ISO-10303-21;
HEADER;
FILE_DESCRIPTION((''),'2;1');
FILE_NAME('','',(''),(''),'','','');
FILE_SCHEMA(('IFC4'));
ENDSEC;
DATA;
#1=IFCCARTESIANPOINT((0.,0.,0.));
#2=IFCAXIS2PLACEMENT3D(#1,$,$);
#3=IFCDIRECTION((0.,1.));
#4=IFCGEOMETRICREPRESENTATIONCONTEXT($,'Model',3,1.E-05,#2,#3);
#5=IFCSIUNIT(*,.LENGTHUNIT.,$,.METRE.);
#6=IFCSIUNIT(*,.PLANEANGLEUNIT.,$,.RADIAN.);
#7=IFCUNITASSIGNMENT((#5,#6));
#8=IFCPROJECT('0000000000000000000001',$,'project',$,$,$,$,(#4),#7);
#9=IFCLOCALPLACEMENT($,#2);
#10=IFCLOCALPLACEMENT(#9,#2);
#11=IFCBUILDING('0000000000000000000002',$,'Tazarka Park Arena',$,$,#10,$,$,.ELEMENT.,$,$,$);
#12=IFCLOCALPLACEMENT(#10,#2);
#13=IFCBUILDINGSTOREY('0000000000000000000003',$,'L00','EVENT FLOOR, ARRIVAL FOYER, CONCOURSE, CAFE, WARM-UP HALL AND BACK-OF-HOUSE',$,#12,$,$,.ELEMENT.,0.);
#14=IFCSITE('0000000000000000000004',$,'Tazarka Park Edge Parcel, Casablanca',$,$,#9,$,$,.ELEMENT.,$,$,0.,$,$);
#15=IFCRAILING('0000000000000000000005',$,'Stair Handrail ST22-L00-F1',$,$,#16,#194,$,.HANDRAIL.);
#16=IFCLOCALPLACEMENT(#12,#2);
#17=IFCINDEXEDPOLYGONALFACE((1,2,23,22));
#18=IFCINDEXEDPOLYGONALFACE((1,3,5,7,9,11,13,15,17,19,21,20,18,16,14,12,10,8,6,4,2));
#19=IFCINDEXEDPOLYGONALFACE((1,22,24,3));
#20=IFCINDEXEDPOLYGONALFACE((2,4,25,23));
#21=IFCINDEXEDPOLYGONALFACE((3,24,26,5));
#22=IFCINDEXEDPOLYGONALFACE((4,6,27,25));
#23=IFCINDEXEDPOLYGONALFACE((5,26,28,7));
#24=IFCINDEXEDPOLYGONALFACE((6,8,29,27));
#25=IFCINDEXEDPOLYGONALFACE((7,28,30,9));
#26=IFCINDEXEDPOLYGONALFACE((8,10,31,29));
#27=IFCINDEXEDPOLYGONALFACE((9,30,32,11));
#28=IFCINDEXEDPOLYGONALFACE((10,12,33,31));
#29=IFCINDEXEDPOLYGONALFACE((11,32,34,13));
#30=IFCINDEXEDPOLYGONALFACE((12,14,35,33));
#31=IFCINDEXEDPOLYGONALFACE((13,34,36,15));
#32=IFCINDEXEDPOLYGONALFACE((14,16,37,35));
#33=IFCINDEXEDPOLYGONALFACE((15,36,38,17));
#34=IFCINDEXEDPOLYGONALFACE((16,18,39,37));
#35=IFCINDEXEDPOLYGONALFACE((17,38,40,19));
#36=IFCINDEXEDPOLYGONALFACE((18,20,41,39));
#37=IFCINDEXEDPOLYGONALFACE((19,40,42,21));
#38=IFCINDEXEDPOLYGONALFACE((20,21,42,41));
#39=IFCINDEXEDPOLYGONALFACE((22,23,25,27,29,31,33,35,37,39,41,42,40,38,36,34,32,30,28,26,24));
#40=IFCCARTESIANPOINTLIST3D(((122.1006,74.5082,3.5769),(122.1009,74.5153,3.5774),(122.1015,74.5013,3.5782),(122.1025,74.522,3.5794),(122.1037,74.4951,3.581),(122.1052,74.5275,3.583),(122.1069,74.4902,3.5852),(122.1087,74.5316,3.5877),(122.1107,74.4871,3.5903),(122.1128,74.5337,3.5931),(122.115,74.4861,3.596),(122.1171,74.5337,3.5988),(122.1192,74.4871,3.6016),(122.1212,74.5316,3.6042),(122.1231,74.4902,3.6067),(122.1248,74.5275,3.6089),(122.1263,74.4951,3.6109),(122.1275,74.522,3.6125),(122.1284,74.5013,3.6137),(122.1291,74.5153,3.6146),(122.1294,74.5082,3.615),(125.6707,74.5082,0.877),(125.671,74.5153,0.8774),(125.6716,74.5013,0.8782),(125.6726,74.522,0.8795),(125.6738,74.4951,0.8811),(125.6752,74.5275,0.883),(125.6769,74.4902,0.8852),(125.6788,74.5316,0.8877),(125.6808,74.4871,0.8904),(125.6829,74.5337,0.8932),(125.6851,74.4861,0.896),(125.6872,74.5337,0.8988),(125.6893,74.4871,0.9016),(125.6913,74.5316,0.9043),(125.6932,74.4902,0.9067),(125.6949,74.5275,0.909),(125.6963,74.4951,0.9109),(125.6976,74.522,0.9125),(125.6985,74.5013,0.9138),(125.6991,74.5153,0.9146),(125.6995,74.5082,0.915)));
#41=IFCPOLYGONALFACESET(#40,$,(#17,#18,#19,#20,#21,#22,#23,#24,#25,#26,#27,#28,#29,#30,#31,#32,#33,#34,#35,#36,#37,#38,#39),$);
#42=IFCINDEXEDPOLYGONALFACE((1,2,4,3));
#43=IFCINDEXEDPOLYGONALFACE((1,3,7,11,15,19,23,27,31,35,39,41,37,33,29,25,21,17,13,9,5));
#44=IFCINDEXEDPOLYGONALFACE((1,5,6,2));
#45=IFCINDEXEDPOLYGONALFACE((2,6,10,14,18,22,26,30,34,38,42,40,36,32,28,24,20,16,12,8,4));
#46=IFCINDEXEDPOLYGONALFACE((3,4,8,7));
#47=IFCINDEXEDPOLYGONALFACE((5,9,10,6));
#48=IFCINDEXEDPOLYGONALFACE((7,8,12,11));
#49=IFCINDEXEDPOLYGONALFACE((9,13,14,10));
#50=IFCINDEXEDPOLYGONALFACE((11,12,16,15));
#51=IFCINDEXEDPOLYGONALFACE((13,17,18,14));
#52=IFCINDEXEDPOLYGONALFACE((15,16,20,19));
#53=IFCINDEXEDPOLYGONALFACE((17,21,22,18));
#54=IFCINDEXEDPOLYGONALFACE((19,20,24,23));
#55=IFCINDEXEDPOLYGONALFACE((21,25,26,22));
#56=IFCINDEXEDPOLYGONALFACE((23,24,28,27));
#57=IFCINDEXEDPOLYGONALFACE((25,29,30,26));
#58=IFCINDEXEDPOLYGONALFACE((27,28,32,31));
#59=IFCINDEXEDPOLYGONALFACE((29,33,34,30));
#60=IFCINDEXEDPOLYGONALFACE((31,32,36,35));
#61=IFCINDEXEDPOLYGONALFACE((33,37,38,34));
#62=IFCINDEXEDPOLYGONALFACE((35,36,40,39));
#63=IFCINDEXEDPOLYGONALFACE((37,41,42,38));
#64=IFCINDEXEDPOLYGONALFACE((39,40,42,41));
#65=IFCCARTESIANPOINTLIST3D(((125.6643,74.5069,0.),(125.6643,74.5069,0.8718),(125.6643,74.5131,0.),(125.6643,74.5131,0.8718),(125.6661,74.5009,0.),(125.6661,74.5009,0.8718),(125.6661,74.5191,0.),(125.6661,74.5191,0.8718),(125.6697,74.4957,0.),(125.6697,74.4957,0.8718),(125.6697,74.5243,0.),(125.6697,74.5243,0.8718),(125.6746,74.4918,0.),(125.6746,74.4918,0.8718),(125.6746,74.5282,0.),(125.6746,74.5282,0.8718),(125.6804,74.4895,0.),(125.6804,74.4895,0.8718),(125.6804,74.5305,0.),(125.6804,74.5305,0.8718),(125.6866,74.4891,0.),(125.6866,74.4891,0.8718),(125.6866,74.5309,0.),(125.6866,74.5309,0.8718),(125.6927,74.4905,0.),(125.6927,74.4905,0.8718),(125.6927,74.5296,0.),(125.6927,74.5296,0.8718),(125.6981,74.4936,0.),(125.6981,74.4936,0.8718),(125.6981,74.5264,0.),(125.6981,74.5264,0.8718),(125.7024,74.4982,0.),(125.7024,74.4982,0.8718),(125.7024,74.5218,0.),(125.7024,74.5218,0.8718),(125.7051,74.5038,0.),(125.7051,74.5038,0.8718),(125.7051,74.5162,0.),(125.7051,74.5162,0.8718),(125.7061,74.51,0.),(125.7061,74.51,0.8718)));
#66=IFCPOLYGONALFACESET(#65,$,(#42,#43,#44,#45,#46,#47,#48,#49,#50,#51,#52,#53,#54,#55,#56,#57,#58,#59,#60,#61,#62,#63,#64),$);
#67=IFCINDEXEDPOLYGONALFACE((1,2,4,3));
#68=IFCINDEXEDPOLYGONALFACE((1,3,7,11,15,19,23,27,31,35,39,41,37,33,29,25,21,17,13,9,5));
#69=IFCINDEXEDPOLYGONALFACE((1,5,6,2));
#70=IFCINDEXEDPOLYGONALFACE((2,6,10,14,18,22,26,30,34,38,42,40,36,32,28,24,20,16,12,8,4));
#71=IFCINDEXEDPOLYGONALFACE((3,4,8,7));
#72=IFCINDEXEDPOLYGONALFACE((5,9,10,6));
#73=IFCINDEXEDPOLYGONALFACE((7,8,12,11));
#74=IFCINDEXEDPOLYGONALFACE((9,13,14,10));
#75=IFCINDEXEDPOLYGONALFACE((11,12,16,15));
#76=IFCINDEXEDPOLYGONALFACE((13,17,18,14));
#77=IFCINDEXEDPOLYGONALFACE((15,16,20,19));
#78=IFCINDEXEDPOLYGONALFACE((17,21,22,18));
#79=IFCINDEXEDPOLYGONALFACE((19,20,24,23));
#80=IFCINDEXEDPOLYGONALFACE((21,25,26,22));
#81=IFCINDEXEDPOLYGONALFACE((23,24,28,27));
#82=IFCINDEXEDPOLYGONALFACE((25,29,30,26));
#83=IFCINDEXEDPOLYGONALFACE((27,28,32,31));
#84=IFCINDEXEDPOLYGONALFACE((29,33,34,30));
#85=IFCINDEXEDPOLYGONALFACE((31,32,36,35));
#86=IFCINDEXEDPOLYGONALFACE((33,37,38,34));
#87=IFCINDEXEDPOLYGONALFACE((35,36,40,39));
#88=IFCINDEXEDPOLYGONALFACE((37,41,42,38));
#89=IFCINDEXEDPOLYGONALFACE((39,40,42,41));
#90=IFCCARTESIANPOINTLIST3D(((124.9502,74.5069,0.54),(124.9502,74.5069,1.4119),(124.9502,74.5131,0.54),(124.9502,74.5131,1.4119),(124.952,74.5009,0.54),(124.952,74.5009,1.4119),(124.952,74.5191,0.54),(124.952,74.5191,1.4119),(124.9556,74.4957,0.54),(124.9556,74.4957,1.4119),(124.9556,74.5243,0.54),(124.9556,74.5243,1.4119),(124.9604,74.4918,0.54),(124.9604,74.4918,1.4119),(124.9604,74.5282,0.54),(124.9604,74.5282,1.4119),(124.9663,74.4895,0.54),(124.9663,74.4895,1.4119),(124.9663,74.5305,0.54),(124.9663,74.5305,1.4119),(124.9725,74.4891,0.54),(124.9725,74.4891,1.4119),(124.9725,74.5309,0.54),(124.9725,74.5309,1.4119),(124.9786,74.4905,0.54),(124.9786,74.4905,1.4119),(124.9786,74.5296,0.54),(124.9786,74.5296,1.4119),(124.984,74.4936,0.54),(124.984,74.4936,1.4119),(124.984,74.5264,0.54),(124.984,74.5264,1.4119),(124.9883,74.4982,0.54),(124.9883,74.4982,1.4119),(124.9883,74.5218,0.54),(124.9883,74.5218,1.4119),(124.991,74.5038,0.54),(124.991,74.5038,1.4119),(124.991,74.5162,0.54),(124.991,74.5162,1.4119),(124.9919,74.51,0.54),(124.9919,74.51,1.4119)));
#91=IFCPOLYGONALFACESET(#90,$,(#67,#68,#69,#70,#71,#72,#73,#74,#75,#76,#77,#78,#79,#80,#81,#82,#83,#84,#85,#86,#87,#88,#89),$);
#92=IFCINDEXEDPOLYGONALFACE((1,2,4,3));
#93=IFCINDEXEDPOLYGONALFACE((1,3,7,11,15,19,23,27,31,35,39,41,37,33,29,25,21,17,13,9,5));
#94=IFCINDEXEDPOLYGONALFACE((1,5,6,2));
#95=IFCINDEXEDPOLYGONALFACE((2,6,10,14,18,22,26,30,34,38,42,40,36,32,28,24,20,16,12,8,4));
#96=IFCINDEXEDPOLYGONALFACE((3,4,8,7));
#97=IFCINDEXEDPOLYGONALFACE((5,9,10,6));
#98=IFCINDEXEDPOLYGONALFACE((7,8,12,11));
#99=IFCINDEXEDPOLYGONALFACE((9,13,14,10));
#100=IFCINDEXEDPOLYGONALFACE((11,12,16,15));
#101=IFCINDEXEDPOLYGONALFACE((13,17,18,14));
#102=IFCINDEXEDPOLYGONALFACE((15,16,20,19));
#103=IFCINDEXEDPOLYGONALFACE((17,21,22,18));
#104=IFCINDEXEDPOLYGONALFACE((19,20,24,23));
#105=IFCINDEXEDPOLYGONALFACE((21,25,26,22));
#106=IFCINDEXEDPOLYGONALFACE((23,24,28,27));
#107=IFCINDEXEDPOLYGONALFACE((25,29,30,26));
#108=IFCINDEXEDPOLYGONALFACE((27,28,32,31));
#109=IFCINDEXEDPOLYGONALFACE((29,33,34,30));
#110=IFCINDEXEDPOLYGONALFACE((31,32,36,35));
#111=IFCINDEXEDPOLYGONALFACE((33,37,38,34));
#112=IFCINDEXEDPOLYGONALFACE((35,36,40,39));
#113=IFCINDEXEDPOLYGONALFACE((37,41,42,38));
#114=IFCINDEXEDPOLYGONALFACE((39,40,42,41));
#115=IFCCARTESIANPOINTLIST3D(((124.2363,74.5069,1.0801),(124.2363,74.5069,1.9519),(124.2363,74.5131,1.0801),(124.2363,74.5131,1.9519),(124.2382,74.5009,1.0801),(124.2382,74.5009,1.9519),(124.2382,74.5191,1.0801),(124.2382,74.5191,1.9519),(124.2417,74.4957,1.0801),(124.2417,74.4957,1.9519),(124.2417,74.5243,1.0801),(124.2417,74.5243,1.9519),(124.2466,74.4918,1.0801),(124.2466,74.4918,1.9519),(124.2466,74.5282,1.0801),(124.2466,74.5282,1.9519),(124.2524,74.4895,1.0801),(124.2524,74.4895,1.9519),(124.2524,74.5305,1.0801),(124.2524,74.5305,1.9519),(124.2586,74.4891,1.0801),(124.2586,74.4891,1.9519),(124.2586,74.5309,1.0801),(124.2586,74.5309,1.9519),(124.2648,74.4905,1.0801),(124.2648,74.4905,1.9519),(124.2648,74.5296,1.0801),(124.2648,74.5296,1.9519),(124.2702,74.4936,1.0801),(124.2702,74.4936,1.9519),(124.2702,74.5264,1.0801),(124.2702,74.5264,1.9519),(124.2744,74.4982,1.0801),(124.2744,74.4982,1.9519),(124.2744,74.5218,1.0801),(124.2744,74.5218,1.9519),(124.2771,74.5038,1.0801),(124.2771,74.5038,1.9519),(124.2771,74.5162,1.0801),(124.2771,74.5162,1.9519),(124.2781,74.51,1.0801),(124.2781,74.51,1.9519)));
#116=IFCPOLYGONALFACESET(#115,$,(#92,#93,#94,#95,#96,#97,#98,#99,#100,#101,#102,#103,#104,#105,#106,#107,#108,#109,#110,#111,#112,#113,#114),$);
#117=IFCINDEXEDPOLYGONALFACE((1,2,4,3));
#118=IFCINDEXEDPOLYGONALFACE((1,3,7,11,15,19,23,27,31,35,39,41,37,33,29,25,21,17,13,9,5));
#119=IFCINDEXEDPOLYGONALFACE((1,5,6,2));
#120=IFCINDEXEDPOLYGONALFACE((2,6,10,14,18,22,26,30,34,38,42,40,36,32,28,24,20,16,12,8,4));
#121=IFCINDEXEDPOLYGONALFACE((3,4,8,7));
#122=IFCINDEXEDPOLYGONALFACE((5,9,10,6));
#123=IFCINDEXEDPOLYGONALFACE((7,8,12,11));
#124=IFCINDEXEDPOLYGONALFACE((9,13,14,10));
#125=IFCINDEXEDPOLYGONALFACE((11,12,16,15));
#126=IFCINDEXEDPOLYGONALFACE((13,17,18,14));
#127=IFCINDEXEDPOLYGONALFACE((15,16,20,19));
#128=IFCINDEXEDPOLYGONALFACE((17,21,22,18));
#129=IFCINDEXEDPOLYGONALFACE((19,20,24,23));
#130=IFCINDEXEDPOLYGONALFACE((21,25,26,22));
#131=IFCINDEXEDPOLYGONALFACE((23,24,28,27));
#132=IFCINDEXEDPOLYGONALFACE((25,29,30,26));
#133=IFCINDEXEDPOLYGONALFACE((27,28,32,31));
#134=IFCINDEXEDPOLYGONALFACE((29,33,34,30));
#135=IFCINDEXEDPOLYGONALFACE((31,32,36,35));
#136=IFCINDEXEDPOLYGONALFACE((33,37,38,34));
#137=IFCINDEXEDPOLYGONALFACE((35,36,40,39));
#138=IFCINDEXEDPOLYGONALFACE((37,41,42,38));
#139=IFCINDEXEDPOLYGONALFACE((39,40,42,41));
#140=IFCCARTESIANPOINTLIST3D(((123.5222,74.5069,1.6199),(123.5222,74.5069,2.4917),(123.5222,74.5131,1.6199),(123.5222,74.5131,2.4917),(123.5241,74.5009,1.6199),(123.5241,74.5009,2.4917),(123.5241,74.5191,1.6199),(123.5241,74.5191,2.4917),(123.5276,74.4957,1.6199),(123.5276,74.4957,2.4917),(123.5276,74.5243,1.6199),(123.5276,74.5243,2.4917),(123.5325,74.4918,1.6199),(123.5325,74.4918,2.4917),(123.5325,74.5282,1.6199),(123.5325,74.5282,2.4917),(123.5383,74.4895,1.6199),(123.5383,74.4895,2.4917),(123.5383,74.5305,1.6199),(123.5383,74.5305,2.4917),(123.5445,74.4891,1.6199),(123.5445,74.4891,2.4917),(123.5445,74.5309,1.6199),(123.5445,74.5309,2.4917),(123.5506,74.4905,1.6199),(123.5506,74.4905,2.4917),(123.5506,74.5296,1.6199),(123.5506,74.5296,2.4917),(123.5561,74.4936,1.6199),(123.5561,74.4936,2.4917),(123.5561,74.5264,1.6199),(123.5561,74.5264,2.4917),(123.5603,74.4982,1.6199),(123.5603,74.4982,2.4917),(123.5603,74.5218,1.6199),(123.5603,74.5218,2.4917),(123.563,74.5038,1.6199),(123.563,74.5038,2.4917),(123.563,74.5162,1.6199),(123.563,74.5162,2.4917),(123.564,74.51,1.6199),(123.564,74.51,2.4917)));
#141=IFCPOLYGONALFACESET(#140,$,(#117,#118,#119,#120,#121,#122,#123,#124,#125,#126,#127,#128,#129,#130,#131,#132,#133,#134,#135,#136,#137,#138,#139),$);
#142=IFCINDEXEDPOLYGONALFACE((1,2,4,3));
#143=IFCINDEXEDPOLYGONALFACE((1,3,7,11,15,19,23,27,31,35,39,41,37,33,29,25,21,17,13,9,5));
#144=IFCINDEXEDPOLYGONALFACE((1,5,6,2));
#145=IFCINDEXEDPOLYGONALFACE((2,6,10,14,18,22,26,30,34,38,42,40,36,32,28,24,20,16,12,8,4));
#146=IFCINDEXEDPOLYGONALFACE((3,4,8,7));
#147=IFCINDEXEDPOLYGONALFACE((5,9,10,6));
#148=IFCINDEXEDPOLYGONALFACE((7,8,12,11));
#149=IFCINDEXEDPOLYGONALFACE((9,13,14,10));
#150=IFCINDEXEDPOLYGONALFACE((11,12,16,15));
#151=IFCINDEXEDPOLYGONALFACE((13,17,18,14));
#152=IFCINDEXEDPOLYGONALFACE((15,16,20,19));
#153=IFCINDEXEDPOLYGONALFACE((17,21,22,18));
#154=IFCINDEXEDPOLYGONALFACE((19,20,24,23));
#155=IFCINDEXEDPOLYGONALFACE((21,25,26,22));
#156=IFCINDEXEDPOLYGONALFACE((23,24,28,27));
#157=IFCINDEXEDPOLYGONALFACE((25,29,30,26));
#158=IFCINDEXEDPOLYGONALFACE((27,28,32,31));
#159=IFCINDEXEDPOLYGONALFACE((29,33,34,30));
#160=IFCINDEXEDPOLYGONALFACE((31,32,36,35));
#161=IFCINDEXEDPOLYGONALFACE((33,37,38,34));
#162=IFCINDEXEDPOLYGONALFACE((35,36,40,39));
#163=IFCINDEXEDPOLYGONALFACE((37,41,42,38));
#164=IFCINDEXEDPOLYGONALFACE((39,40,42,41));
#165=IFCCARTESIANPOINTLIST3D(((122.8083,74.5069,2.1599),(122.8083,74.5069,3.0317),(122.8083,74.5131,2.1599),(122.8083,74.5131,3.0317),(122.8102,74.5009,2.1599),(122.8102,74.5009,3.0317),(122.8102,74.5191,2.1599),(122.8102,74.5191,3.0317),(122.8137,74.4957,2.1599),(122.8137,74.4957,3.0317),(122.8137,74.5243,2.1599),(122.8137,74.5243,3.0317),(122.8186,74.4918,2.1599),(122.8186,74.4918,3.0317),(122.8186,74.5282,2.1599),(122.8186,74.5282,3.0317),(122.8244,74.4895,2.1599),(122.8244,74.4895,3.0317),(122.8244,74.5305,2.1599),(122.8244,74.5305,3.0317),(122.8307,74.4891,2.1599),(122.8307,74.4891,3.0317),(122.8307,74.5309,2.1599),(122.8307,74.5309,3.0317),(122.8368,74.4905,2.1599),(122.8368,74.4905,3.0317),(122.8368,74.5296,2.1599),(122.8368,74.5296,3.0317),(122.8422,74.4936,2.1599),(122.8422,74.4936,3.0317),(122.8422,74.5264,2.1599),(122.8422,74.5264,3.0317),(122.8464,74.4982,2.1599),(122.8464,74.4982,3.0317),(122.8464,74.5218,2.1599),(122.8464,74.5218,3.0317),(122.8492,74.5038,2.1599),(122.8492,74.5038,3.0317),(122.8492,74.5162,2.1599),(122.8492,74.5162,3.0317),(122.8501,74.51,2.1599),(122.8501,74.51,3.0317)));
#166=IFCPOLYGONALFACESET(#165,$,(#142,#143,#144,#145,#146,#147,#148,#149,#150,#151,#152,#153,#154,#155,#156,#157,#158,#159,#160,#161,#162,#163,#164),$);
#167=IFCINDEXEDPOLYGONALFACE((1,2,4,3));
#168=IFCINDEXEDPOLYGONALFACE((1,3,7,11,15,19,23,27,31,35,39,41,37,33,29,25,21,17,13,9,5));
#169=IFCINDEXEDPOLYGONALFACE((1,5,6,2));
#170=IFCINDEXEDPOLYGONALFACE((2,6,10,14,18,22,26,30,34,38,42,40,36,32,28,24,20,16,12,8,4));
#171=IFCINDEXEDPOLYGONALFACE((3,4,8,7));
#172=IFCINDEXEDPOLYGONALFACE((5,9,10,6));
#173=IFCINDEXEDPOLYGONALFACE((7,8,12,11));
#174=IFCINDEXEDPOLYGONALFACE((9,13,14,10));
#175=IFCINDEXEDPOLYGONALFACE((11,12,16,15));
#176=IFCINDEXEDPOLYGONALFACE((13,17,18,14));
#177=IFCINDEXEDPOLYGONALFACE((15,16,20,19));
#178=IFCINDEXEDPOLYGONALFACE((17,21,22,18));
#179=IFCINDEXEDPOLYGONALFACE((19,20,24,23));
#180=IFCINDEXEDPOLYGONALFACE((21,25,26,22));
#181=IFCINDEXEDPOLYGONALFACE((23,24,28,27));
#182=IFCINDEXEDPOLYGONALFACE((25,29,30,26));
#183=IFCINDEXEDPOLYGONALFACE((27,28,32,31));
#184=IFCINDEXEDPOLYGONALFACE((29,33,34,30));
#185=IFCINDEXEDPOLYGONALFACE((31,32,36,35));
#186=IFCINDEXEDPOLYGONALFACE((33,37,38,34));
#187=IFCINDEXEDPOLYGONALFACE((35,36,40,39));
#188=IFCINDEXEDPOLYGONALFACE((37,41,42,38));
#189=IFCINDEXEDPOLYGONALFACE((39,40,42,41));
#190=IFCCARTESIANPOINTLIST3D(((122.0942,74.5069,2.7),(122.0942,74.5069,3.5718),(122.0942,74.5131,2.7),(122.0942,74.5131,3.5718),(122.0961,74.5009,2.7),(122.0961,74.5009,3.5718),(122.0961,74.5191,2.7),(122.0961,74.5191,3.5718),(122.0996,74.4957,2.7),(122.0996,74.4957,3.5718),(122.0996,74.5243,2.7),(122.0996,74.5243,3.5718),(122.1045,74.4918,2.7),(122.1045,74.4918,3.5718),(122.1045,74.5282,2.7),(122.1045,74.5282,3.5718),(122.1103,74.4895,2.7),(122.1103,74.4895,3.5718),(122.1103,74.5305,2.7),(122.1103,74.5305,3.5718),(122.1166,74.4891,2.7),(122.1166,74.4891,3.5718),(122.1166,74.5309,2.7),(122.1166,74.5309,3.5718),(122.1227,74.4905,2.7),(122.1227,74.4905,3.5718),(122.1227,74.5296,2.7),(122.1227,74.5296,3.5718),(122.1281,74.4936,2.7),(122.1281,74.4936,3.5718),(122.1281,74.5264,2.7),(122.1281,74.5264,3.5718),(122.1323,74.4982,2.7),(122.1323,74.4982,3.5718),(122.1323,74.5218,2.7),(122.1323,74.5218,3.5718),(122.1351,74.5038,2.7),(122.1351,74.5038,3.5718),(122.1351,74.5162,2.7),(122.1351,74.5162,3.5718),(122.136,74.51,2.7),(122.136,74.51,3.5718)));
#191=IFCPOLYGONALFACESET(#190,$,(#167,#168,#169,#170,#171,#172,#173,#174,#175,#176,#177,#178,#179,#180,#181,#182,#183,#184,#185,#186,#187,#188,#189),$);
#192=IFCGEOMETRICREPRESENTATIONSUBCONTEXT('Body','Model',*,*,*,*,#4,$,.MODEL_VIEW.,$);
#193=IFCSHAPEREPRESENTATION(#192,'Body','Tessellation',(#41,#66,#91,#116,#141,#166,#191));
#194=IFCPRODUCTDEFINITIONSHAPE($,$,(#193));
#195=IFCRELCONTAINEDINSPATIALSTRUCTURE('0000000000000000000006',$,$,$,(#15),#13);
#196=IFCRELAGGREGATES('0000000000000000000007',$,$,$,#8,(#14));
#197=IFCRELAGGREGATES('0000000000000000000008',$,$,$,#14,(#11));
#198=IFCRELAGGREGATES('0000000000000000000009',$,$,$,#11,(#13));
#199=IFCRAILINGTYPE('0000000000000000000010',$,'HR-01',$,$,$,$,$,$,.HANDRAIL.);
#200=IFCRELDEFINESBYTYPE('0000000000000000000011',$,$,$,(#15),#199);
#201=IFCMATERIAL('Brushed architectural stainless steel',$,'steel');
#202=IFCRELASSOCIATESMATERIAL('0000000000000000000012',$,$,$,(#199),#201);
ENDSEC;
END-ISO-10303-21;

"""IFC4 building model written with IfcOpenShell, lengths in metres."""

from ifc_helpers import new_model, si_unit, direction, frame, origin, origin_2d, place, context, subcontext, project, spatial, circle, extrude, material, type_object, element, save


model = new_model("IFC4")

# Units and contexts
model_context = context("Model", 3, precision=1e-05, world=origin(), true_north=direction((0.0, 1.0)))
body_context = subcontext(model_context, "Body", "Model", "MODEL_VIEW")
ifc_project = project(units=[si_unit("LENGTHUNIT", "METRE"), si_unit("PLANEANGLEUNIT", "RADIAN")], contexts=[model_context])

# Site, building, storey
site_placement = place(None, origin())
site = spatial("IfcSite", under=ifc_project, at=site_placement, Name="Tazarka Park Edge Parcel, Casablanca", CompositionType="ELEMENT", RefElevation=0.0)
building_placement = place(site_placement, origin())
building = spatial("IfcBuilding", under=site, at=building_placement, Name="Tazarka Park Arena", CompositionType="ELEMENT")
storey_placement = place(building_placement, origin())
storey = spatial("IfcBuildingStorey", under=building, at=storey_placement, Name="L00", Description="EVENT FLOOR, ARRIVAL FOYER, CONCOURSE, CAFE, WARM-UP HALL AND BACK-OF-HOUSE", CompositionType="ELEMENT", Elevation=0.0)

# Railing
ifc_material_1 = material(Name="Brushed architectural stainless steel", Category="steel")
railing_type = type_object("IfcRailingType", Name="HR-01", PredefinedType="HANDRAIL", material=ifc_material_1)
for number, where, name in (
    (1, (125.6851, 74.51, 0.0), "Stair Handrail ST22-L00-F1"),
):
    element("IfcRailing", number, at=place(storey_placement, frame(where)), inside=storey, type_object=railing_type, Name=name, PredefinedType="HANDRAIL", context=body_context, shape_type="SweptSolid", body=[
        extrude(circle(Radius=0.0239, at=origin_2d()), frame((0.0, 0.0, 0.896), z_axis=(-0.797591, 0.0, 0.603198), x_axis=(0.0, -1.0, 0.0)), (0.0, 0.0, 1.0), 4.4761),
        extrude(circle(Radius=0.021, at=origin_2d()), origin(), (0.0, 0.0, 1.0), 0.8718),
        extrude(circle(Radius=0.021, at=origin_2d()), frame((-0.7141, 0.0, 0.54)), (0.0, 0.0, 1.0), 0.8718),
        extrude(circle(Radius=0.021, at=origin_2d()), frame((-1.428, 0.0, 1.0801)), (0.0, 0.0, 1.0), 0.8718),
        extrude(circle(Radius=0.021, at=origin_2d()), frame((-2.1421, 0.0, 1.6199)), (0.0, 0.0, 1.0), 0.8718),
        extrude(circle(Radius=0.021, at=origin_2d()), frame((-2.856, 0.0, 2.1599)), (0.0, 0.0, 1.0), 0.8718),
        extrude(circle(Radius=0.021, at=origin_2d()), frame((-3.5701, 0.0, 2.7)), (0.0, 0.0, 1.0), 0.8718),
    ])

save(model, "model.ifc")
